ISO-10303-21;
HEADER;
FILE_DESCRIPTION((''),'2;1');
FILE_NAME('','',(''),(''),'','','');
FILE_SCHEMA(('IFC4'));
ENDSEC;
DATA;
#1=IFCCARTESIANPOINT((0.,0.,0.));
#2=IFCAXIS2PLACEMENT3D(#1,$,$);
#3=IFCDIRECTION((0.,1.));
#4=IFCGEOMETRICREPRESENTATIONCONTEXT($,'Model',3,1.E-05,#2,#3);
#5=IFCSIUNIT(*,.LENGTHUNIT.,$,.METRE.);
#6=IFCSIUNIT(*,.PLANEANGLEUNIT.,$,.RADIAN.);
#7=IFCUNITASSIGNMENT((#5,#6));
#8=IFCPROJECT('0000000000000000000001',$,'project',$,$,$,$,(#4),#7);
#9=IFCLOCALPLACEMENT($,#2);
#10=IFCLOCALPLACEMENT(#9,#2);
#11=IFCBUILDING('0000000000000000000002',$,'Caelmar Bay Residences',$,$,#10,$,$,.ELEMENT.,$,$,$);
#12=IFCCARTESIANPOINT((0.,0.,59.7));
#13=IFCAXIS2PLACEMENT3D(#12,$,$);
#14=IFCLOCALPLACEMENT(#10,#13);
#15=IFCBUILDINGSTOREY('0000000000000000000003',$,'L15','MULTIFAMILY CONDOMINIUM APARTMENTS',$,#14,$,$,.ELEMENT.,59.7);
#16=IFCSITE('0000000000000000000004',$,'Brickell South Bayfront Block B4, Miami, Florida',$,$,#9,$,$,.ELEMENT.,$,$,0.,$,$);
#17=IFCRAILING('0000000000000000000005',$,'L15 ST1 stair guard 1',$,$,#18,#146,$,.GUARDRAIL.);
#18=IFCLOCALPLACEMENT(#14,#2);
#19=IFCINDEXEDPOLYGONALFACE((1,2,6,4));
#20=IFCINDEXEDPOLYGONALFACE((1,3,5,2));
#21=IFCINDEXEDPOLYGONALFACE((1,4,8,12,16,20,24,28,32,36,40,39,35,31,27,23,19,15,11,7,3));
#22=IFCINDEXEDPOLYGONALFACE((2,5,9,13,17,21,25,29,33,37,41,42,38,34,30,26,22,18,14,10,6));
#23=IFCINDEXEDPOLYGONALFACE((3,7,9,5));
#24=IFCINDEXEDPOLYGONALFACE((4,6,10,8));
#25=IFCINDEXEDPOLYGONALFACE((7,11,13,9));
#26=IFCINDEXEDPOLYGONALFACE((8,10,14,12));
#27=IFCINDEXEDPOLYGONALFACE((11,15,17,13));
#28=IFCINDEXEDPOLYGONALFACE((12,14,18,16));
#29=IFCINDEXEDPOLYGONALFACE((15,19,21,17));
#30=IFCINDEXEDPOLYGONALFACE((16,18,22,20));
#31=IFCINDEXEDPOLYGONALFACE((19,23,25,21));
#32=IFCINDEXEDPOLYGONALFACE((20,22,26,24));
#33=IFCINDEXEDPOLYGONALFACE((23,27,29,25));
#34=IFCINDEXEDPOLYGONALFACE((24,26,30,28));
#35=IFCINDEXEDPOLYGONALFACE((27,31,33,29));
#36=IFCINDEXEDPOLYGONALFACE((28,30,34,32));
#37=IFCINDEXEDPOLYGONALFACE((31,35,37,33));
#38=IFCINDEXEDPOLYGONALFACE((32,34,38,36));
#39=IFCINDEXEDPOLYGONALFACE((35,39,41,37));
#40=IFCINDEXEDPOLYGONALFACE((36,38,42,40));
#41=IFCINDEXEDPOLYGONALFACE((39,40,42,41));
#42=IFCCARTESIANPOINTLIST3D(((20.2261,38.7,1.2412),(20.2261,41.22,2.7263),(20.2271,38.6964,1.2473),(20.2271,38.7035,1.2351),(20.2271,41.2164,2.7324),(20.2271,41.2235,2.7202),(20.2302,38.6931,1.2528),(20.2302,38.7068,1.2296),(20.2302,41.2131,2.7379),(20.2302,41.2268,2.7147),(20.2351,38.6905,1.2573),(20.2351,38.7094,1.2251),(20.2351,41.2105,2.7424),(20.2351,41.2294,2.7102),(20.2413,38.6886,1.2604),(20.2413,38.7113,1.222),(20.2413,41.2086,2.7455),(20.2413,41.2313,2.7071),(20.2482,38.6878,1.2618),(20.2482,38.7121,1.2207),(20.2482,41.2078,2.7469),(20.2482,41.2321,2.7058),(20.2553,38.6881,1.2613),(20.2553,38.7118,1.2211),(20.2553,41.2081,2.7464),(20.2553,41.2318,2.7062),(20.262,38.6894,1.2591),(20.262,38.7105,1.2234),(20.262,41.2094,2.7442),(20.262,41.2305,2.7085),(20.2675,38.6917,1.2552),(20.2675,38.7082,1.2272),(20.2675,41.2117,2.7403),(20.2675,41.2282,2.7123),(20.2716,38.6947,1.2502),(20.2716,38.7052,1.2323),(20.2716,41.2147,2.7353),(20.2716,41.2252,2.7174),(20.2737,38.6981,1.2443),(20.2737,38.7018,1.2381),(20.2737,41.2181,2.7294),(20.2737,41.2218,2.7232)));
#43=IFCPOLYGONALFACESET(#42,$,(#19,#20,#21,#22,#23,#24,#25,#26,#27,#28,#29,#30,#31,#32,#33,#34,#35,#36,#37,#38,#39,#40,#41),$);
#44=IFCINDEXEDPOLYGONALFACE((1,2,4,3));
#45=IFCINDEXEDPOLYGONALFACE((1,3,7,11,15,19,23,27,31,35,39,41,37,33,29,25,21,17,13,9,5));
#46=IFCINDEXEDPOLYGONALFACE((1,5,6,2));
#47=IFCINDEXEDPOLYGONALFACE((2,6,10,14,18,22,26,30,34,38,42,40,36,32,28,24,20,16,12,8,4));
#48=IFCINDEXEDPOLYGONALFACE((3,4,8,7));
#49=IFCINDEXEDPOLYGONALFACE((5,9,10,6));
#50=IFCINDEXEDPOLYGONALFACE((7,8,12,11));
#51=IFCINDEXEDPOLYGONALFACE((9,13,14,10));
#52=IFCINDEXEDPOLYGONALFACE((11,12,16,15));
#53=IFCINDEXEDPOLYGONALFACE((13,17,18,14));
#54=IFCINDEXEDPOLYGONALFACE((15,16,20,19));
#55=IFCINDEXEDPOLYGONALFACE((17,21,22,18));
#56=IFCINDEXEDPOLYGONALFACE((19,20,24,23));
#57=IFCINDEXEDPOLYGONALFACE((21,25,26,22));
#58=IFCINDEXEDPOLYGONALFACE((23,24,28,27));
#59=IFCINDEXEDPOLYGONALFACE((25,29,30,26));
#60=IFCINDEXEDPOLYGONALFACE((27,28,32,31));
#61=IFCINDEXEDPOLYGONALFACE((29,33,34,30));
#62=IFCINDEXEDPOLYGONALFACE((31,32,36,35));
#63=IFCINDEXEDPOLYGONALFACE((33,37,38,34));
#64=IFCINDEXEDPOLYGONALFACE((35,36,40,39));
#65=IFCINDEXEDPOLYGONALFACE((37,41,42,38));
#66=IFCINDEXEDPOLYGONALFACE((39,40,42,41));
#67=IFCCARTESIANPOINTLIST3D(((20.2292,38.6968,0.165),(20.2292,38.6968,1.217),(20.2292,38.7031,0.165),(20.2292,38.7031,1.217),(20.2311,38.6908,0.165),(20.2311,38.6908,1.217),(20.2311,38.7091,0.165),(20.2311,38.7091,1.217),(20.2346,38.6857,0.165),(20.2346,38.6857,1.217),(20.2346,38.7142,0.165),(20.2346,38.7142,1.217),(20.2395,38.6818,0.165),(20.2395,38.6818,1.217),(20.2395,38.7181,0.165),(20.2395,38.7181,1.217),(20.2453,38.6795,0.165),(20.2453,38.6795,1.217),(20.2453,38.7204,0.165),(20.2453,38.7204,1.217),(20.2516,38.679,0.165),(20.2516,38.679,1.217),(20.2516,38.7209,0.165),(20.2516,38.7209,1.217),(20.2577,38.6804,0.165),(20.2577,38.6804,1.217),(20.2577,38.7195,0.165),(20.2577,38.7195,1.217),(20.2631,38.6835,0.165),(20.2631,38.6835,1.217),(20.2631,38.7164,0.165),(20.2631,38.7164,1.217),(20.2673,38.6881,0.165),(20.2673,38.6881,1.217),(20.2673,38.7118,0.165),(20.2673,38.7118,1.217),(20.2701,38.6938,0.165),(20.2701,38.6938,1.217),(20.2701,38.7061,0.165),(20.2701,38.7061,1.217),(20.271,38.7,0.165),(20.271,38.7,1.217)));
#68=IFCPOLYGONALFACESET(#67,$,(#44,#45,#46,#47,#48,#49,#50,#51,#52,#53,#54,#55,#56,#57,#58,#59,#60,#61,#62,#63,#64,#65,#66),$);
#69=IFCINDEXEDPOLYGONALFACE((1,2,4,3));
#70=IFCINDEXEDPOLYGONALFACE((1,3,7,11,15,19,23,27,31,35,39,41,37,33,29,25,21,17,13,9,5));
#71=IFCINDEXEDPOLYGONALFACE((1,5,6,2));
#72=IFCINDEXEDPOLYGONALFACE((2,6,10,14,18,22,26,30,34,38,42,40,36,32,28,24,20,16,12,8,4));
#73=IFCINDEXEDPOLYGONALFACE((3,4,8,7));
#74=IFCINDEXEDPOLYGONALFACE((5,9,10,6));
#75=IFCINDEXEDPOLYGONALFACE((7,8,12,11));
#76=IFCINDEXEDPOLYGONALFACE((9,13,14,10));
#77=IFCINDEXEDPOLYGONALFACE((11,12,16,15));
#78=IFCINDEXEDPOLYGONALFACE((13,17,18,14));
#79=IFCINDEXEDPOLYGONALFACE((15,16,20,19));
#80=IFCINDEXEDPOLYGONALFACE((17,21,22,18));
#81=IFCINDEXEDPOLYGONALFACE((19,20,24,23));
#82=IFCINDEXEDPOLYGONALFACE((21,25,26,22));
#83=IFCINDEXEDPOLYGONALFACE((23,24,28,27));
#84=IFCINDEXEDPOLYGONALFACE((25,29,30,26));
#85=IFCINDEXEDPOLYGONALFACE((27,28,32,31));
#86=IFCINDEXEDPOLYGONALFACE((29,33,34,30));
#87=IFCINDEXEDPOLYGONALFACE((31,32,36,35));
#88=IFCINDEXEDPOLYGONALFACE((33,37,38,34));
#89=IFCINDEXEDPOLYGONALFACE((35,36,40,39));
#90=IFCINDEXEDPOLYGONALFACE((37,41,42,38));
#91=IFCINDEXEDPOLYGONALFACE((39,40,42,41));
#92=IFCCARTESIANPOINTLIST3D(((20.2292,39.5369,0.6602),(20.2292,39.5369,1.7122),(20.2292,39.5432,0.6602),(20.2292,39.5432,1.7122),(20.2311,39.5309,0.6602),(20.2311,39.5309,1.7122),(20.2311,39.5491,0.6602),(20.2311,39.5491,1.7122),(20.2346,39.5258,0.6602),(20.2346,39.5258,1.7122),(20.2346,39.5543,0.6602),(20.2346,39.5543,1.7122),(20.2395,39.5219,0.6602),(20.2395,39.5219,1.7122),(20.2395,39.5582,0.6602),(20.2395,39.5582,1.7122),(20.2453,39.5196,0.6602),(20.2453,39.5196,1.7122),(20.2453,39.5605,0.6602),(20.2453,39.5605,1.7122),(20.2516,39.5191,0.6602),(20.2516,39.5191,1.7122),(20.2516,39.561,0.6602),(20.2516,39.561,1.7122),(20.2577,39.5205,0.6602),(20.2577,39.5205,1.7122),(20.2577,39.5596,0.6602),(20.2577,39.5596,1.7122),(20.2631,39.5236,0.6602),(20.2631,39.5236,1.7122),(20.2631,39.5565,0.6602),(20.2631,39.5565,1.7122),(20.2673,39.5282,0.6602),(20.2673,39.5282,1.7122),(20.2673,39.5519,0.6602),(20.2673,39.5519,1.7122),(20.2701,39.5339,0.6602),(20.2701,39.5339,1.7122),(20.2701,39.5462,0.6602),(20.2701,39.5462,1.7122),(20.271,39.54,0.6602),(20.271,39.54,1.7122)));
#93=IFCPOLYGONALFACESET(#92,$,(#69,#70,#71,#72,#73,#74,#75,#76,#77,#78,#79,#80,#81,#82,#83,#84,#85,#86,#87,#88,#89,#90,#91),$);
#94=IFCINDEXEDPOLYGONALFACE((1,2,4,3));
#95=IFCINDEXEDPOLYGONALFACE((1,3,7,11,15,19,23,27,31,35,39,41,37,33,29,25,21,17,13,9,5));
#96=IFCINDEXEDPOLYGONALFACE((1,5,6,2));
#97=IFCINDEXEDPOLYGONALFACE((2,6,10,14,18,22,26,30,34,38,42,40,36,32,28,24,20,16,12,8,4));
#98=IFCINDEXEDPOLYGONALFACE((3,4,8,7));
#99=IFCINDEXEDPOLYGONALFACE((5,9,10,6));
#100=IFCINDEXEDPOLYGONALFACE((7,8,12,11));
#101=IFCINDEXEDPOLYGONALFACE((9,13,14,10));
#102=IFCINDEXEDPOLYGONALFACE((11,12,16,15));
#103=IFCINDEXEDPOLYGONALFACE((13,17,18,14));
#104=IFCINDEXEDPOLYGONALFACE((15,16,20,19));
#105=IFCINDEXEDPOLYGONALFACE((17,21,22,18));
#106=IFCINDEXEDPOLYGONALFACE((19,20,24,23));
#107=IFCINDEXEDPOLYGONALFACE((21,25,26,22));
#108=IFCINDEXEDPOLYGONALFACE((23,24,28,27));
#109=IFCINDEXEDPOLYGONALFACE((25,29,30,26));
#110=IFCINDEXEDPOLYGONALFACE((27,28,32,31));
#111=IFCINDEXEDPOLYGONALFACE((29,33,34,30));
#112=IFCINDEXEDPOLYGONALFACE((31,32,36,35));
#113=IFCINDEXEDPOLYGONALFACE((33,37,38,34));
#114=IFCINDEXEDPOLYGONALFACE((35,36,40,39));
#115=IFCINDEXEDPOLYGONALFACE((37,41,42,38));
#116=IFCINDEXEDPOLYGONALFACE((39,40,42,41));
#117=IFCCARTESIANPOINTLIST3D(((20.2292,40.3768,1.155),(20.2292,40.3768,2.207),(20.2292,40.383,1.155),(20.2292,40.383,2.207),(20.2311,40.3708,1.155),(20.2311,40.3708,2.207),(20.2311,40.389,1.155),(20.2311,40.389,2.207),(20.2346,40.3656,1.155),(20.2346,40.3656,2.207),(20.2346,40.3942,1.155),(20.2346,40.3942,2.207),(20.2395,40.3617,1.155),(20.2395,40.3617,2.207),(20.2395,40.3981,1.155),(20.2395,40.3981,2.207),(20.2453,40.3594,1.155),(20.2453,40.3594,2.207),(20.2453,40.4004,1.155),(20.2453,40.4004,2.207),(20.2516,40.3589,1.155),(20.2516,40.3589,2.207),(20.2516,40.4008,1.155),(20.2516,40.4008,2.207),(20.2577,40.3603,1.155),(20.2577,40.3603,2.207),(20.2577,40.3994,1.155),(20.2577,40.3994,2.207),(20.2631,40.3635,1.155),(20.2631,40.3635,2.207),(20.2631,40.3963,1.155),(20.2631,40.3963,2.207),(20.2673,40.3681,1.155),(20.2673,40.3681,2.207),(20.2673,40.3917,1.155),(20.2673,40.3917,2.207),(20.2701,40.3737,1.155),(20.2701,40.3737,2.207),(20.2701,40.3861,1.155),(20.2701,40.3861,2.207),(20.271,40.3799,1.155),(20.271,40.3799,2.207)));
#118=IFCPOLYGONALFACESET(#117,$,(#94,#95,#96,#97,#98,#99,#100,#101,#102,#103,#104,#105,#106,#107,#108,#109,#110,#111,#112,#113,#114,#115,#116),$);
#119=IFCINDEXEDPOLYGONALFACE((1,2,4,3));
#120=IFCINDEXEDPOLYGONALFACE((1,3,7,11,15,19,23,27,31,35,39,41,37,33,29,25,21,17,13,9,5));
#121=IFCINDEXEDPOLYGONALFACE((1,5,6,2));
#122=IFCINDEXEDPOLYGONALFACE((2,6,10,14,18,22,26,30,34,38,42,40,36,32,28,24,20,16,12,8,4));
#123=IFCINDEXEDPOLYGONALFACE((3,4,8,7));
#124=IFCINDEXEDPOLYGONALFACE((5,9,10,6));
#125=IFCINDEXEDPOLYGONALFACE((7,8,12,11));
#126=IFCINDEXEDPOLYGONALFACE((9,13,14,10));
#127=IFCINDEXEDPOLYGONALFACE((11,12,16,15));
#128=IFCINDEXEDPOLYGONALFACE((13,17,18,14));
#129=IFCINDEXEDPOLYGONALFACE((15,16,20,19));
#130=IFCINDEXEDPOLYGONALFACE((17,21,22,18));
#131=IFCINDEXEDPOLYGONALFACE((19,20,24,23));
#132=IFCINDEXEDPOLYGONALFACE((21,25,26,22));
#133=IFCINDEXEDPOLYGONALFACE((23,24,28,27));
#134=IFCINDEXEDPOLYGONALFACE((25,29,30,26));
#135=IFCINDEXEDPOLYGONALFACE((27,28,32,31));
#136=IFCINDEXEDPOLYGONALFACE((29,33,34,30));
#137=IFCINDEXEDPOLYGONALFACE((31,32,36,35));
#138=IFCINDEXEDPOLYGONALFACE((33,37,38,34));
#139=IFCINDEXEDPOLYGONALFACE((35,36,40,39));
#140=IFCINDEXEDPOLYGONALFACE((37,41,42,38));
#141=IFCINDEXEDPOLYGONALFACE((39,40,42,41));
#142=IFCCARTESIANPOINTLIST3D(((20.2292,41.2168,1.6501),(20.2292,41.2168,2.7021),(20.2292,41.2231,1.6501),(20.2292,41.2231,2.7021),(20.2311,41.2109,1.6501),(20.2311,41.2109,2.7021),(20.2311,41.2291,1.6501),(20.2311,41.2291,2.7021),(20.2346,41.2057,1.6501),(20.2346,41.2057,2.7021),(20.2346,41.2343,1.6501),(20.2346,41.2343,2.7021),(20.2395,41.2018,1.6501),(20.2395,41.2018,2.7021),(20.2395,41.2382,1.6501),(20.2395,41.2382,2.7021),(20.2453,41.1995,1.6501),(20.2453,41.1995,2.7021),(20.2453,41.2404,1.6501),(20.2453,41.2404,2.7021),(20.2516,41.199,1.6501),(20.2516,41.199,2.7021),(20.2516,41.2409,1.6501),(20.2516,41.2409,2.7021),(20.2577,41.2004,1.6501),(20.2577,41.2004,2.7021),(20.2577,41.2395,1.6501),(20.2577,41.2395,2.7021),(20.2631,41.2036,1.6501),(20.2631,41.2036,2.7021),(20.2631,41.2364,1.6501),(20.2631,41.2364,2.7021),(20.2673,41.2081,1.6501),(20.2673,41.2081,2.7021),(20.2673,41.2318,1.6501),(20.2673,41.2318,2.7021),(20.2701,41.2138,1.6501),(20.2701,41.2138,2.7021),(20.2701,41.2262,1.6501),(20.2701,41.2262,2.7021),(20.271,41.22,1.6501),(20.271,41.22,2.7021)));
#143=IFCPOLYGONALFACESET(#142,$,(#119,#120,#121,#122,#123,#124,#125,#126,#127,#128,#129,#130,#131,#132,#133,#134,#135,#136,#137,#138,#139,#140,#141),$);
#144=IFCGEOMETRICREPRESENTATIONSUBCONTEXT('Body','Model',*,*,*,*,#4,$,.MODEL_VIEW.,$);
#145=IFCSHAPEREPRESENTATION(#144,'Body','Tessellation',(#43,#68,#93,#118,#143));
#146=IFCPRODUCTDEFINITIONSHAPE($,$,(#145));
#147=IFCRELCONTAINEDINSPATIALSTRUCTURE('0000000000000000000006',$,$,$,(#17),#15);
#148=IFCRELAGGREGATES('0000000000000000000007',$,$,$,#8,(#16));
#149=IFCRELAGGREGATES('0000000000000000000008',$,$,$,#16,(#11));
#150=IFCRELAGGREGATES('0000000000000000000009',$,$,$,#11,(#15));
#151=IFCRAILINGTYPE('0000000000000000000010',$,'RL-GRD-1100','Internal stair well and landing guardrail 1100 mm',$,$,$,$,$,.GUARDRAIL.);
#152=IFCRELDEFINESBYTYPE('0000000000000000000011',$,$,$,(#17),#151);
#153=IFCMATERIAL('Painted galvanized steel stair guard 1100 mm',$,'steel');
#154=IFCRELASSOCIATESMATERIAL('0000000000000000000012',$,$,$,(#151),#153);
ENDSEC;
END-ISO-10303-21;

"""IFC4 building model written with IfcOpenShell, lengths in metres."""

from ifc_helpers import new_model, si_unit, direction, frame, origin, origin_2d, place, context, subcontext, project, spatial, circle, extrude, material, type_object, element, save


model = new_model("IFC4")

# Units and contexts
model_context = context("Model", 3, precision=1e-05, world=origin(), true_north=direction((0.0, 1.0)))
body_context = subcontext(model_context, "Body", "Model", "MODEL_VIEW")
ifc_project = project(units=[si_unit("LENGTHUNIT", "METRE"), si_unit("PLANEANGLEUNIT", "RADIAN")], contexts=[model_context])

# Site, building, storey
site_placement = place(None, origin())
site = spatial("IfcSite", under=ifc_project, at=site_placement, Name="Brickell South Bayfront Block B4, Miami, Florida", CompositionType="ELEMENT", RefElevation=0.0)
building_placement = place(site_placement, origin())
building = spatial("IfcBuilding", under=site, at=building_placement, Name="Caelmar Bay Residences", CompositionType="ELEMENT")
storey_placement = place(building_placement, frame((0.0, 0.0, 59.7)))
storey = spatial("IfcBuildingStorey", under=building, at=storey_placement, Name="L15", Description="MULTIFAMILY CONDOMINIUM APARTMENTS", CompositionType="ELEMENT", Elevation=59.7)

# Railing
ifc_material_1 = material(Name="Painted galvanized steel stair guard 1100 mm", Category="steel")
railing_type_1 = type_object("IfcRailingType", Name="RL-GRD-1100", Description="Internal stair well and landing guardrail 1100 mm", PredefinedType="GUARDRAIL", material=ifc_material_1)
railing_1_placement = place(storey_placement, frame((20.25, 38.7, 0.165)))
element("IfcRailing", 1, at=railing_1_placement, inside=storey, type_object=railing_type_1, Name="L15 ST1 stair guard 1", PredefinedType="GUARDRAIL", context=body_context, shape_type="SweptSolid", body=[
    extrude(circle(Radius=0.0239, at=origin_2d()), frame((0.0, 0.0, 1.0762), z_axis=(0.0, 0.861524, 0.507717), x_axis=(-1.0, 0.0, 0.0)), (0.0, 0.0, 1.0), 2.925),
    extrude(circle(Radius=0.021, at=origin_2d()), origin(), (0.0, 0.0, 1.0), 1.052),
    extrude(circle(Radius=0.021, at=origin_2d()), frame((0.0, 0.8401, 0.4951)), (0.0, 0.0, 1.0), 1.052),
    extrude(circle(Radius=0.021, at=origin_2d()), frame((0.0, 1.6799, 0.99)), (0.0, 0.0, 1.0), 1.052),
    extrude(circle(Radius=0.021, at=origin_2d()), frame((0.0, 2.52, 1.4851)), (0.0, 0.0, 1.0), 1.052),
])

save(model, "model.ifc")
